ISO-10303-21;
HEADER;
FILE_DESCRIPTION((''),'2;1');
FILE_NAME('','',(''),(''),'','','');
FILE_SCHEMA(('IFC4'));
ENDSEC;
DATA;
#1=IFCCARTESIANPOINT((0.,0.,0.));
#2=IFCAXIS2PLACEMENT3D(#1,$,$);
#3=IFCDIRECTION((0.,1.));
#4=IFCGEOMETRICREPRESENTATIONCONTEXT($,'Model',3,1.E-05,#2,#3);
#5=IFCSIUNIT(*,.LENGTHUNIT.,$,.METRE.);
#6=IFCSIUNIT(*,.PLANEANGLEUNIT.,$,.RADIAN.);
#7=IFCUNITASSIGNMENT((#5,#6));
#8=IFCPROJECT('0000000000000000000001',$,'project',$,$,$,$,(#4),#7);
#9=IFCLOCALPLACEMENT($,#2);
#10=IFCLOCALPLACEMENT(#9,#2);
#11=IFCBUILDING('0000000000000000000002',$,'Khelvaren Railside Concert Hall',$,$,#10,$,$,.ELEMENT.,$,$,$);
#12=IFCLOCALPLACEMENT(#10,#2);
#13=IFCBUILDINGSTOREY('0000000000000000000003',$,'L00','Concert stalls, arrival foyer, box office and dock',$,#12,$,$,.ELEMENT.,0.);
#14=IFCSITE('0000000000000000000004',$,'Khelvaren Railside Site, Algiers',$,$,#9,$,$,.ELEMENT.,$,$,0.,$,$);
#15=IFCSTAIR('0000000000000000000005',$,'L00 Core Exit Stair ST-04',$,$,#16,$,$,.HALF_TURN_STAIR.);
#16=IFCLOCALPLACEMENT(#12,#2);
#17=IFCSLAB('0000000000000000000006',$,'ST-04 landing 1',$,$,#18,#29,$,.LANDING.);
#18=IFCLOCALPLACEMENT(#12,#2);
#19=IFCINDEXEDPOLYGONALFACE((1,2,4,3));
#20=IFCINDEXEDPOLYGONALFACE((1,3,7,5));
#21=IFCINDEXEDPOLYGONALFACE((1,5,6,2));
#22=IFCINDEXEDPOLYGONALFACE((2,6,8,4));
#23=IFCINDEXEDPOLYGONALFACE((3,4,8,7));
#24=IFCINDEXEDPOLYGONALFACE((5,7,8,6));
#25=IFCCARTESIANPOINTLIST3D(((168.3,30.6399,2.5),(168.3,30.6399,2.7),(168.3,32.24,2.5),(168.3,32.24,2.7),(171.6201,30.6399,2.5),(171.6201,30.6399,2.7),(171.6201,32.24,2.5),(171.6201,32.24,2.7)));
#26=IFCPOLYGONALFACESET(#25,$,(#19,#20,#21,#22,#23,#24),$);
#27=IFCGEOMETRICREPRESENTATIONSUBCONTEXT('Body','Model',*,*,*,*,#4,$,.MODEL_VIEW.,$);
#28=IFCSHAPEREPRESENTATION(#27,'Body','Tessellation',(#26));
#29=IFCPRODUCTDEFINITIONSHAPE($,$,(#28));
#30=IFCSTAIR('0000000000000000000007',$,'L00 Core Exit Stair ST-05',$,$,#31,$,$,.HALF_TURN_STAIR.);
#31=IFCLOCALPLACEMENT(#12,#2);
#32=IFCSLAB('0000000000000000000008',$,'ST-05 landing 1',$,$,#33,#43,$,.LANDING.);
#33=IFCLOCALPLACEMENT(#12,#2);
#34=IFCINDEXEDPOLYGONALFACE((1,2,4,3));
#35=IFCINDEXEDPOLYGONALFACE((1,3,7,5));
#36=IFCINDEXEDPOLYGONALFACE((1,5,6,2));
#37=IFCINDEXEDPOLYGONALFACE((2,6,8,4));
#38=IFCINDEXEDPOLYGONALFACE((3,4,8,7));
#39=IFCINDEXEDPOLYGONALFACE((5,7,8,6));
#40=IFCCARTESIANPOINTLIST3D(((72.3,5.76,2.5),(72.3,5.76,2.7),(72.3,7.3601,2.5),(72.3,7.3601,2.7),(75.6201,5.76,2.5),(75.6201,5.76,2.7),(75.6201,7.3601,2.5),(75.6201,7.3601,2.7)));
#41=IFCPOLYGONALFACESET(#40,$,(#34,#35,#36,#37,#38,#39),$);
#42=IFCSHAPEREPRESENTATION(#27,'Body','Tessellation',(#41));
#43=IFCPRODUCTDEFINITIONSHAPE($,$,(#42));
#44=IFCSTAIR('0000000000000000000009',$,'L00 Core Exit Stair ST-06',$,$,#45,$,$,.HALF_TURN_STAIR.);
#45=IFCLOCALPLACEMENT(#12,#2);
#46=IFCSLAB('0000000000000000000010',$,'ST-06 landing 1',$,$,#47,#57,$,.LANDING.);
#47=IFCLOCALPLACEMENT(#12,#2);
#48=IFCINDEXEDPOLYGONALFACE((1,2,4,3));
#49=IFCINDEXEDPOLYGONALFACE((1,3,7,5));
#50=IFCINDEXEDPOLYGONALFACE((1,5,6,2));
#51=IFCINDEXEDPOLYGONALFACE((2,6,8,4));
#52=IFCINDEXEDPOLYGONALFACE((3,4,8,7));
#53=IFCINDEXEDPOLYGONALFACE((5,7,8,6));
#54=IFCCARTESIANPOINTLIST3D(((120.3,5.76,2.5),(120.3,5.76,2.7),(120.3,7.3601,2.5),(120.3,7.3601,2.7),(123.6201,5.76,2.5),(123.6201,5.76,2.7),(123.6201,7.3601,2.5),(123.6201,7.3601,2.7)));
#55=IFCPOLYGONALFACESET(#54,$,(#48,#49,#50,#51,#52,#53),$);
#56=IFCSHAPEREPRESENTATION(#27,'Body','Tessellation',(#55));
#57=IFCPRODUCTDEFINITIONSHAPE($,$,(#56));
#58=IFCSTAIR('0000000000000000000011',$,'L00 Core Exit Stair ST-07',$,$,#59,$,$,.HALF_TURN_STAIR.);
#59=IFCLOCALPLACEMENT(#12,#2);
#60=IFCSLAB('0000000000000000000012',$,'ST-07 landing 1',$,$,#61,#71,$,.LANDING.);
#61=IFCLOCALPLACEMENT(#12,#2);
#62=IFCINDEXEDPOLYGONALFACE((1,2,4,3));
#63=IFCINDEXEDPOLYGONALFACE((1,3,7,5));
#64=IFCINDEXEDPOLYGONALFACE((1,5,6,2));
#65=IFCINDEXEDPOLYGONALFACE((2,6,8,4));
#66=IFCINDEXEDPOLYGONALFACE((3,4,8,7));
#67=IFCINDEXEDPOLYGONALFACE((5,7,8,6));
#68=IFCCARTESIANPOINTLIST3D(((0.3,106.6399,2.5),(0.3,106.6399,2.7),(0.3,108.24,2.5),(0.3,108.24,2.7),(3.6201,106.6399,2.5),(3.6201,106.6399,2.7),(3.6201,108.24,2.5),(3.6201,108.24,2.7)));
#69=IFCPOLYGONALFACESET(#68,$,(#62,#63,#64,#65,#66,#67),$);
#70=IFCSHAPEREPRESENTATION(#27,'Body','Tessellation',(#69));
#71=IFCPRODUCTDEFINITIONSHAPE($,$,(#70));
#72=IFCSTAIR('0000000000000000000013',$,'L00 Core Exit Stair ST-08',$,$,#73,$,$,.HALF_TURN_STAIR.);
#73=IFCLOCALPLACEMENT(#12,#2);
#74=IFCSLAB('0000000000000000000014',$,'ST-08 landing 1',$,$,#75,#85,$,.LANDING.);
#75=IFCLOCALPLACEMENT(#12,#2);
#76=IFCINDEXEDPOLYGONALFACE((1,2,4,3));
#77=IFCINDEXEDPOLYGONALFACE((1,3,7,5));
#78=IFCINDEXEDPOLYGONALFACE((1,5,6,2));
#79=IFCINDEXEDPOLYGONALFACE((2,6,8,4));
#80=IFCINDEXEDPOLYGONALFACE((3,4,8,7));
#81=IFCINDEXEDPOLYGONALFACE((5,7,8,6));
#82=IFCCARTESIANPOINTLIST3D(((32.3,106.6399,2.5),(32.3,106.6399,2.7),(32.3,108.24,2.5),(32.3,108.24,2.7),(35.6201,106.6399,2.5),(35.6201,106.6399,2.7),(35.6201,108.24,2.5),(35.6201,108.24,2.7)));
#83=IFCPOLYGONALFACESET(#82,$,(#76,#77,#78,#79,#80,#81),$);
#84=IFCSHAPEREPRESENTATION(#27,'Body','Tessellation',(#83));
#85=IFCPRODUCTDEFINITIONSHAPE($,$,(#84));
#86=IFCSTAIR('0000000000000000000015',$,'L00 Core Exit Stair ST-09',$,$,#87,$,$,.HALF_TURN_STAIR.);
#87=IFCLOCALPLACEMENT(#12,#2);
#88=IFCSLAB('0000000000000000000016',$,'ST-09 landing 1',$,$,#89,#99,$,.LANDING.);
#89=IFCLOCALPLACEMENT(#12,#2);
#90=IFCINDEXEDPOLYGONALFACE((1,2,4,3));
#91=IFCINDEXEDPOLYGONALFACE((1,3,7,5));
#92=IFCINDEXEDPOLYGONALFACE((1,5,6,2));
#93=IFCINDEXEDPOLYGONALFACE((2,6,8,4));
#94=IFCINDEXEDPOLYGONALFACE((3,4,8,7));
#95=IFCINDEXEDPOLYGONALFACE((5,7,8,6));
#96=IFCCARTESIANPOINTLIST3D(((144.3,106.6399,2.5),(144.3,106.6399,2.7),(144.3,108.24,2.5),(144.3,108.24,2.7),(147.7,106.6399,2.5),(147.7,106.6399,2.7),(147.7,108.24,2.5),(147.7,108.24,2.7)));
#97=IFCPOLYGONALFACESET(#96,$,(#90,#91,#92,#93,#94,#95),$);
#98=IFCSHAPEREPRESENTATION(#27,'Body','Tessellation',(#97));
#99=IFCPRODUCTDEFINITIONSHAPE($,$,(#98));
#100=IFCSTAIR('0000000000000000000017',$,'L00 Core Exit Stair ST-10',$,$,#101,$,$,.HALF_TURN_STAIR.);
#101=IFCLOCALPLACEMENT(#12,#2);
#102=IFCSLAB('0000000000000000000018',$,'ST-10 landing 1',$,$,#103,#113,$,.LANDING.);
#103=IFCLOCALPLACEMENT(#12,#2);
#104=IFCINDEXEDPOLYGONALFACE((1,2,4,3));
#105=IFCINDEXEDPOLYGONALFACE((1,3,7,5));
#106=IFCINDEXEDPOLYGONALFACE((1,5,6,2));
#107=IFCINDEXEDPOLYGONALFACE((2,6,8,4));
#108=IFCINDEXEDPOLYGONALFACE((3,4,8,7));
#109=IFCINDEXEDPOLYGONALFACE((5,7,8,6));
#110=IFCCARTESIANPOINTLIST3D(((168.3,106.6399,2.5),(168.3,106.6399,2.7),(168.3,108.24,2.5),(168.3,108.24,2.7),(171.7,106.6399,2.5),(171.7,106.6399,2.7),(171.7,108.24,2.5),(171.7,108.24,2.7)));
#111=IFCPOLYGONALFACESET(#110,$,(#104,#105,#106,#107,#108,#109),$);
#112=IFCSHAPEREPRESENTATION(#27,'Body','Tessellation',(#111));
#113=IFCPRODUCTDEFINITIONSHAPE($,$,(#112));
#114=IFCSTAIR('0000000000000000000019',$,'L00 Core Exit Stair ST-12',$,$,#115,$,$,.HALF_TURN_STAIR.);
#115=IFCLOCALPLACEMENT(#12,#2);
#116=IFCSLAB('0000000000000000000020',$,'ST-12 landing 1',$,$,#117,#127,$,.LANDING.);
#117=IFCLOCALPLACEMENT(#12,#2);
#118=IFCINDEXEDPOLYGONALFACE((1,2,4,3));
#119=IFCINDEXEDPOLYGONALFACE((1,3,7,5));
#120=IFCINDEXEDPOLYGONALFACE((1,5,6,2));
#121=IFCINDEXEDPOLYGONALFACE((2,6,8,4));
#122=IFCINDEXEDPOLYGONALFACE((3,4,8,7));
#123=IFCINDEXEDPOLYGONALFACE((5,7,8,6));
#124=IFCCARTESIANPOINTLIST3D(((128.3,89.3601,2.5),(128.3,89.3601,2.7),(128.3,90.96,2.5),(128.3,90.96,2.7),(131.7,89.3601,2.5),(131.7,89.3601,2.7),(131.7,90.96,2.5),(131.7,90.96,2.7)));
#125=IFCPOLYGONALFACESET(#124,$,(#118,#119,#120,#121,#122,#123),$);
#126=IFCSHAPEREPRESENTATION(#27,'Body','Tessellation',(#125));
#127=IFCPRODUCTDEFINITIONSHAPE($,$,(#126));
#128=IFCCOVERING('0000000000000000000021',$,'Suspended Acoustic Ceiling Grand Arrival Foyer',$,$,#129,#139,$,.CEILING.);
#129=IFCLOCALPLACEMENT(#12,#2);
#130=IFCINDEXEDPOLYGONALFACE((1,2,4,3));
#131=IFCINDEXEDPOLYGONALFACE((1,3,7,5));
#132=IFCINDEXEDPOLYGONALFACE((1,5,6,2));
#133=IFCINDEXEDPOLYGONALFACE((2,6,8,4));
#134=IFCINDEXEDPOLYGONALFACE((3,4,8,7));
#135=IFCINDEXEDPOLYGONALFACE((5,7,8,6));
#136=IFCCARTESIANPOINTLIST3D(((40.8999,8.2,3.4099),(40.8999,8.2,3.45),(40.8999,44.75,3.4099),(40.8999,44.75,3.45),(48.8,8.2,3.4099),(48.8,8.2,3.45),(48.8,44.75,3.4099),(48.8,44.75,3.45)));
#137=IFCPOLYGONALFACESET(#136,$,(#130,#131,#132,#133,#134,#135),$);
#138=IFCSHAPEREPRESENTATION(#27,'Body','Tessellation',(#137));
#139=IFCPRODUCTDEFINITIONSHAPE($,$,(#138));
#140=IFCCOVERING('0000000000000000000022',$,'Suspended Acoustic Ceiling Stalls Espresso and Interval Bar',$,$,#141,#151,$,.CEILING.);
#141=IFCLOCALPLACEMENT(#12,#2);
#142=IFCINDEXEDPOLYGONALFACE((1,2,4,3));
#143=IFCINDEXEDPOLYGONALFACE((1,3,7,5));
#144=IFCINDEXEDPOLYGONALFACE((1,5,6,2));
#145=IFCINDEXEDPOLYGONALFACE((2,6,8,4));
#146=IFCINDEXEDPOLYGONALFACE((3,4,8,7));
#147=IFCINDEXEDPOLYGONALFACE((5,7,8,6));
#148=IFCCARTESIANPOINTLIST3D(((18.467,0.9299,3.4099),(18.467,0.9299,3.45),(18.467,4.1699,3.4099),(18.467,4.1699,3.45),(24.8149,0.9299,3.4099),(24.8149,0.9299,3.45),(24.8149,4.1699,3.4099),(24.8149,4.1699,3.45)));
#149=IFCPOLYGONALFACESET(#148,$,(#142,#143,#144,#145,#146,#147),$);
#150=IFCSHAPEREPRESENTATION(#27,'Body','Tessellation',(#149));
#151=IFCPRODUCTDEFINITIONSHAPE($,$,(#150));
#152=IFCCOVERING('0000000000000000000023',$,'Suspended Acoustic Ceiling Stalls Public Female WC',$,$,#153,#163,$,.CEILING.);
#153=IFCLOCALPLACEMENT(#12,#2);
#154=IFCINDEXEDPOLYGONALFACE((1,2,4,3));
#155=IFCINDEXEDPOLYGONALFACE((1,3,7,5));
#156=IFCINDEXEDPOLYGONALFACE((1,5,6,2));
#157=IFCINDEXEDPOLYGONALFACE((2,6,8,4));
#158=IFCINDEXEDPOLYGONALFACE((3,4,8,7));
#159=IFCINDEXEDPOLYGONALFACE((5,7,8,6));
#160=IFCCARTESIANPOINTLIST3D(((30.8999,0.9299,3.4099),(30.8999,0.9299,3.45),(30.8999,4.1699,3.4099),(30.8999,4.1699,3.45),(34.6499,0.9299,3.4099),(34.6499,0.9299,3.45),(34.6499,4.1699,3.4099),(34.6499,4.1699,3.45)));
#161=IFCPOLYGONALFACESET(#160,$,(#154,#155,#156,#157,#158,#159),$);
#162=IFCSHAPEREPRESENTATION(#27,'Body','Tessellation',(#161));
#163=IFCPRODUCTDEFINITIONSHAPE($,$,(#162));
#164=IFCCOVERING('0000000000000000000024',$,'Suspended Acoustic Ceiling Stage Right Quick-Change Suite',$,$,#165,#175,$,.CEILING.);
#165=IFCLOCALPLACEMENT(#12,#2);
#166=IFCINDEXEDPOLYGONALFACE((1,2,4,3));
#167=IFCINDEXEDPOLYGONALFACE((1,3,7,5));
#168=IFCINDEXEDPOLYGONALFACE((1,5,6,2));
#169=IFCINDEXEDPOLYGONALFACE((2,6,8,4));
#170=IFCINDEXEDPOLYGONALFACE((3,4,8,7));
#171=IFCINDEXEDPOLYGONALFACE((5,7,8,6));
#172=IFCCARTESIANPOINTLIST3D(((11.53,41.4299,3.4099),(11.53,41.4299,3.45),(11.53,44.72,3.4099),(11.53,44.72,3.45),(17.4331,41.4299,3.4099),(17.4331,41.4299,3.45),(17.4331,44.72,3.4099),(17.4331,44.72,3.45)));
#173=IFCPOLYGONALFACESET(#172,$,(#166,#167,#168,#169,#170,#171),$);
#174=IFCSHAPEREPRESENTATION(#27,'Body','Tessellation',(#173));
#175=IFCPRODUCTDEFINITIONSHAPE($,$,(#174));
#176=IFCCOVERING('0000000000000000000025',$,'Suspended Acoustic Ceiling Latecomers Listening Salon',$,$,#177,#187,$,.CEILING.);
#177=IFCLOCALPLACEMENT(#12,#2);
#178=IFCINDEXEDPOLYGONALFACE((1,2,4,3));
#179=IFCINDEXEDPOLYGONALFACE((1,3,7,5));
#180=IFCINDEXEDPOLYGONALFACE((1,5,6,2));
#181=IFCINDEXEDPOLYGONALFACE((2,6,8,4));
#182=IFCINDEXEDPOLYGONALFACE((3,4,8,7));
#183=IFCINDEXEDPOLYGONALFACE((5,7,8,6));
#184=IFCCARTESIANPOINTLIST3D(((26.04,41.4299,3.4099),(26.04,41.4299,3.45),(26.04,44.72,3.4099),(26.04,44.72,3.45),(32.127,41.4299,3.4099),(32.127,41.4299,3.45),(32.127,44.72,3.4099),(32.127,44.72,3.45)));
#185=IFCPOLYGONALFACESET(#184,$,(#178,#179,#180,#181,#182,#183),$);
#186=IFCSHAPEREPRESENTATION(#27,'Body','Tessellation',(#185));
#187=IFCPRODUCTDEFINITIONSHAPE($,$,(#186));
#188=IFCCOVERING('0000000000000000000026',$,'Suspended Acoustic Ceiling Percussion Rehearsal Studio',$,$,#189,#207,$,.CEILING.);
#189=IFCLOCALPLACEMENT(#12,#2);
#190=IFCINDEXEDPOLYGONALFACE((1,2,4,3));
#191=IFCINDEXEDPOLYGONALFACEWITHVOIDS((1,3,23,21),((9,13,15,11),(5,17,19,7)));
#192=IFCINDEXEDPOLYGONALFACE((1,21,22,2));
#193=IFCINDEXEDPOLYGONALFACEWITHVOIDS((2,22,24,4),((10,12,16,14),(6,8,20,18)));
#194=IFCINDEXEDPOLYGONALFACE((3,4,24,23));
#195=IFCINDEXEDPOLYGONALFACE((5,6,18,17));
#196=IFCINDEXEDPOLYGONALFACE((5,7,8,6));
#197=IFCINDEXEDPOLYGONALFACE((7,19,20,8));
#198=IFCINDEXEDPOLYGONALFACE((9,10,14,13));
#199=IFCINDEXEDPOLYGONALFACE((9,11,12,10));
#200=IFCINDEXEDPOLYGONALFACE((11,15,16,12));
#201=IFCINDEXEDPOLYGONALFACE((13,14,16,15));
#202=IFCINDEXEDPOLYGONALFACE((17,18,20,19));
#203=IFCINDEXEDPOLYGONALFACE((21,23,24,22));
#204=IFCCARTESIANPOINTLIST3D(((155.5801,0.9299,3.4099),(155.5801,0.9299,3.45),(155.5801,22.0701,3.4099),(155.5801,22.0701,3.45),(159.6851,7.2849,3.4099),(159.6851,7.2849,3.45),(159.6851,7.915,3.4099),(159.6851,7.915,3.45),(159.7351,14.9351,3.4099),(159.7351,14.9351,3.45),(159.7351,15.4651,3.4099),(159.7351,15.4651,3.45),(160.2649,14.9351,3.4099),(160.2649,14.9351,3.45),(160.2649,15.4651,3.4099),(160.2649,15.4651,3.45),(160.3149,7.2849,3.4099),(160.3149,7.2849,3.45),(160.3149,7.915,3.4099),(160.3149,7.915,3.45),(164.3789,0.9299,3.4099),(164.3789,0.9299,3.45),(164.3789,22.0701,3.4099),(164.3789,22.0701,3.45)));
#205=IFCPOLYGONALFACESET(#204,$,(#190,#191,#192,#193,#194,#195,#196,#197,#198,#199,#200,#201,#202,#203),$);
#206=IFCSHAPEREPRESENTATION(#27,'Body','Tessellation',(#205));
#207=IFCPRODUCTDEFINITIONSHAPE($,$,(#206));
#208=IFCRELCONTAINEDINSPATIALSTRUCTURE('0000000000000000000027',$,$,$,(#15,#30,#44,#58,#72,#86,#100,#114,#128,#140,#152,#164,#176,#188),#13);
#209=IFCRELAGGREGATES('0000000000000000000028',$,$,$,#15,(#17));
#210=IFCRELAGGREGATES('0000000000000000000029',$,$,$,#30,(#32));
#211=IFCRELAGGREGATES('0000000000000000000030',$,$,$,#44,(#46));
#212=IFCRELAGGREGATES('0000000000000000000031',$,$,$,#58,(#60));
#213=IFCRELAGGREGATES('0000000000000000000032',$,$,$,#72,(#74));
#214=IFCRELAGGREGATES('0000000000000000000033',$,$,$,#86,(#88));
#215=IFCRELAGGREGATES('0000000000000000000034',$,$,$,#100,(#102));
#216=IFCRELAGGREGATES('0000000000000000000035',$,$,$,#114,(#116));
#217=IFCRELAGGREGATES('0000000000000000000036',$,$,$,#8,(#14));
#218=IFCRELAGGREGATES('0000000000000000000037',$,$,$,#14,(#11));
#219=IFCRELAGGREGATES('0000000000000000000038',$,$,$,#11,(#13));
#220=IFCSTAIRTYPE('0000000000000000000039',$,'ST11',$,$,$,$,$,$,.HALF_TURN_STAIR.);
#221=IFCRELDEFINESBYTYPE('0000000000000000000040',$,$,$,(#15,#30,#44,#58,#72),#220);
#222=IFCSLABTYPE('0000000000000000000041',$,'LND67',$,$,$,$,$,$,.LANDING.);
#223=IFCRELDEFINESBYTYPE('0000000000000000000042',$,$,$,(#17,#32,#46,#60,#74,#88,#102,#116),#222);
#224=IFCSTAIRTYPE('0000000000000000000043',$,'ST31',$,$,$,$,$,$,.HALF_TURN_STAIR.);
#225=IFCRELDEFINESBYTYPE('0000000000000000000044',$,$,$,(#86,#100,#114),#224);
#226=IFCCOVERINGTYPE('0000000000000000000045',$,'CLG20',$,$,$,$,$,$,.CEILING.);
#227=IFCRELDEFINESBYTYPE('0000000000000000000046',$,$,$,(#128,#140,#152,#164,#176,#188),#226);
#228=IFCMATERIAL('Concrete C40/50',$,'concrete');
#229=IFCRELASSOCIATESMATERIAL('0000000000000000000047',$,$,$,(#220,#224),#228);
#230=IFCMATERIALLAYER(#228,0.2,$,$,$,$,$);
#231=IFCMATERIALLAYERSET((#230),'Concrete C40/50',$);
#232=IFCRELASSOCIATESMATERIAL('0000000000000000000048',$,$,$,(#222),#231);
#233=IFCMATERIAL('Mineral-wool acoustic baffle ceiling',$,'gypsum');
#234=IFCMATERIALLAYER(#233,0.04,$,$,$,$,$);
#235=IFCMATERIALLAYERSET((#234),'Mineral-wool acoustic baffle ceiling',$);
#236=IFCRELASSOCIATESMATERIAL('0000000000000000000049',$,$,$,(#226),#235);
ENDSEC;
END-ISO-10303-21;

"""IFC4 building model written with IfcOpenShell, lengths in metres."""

from ifc_helpers import new_model, si_unit, direction, frame, origin, place, context, subcontext, project, spatial, polyline, outline, extrude, material, layer, layer_set, type_object, element, aggregate, save


model = new_model("IFC4")

# Units and contexts
model_context = context("Model", 3, precision=1e-05, world=origin(), true_north=direction((0.0, 1.0)))
body_context = subcontext(model_context, "Body", "Model", "MODEL_VIEW")
ifc_project = project(units=[si_unit("LENGTHUNIT", "METRE"), si_unit("PLANEANGLEUNIT", "RADIAN")], contexts=[model_context])

# Site, building, storey
site_placement = place(None, origin())
site = spatial("IfcSite", under=ifc_project, at=site_placement, Name="Khelvaren Railside Site, Algiers", CompositionType="ELEMENT", RefElevation=0.0)
building_placement = place(site_placement, origin())
building = spatial("IfcBuilding", under=site, at=building_placement, Name="Khelvaren Railside Concert Hall", CompositionType="ELEMENT")
storey_placement = place(building_placement, origin())
storey = spatial("IfcBuildingStorey", under=building, at=storey_placement, Name="L00", Description="Concert stalls, arrival foyer, box office and dock", CompositionType="ELEMENT", Elevation=0.0)

# Stairs, slabs
ifc_material_1 = material(Name="Concrete C40/50", Category="concrete")
stair_type_1 = type_object("IfcStairType", Name="ST11", PredefinedType="HALF_TURN_STAIR", material=ifc_material_1)
stair_1_placement = place(storey_placement, origin())
stair_1 = element("IfcStair", 1, at=stair_1_placement, inside=storey, type_object=stair_type_1, Name="L00 Core Exit Stair ST-04", PredefinedType="HALF_TURN_STAIR")
ifc_layer_1 = layer(ifc_material_1, 0.2)
ifc_layer_set_1 = layer_set([ifc_layer_1], Name="Concrete C40/50")
slab_type = type_object("IfcSlabType", Name="LND67", PredefinedType="LANDING", material=ifc_layer_set_1)
slab_1_placement = place(storey_placement, frame((0.0, 0.0, 2.5)))
slab_1 = element("IfcSlab", 2, at=slab_1_placement, type_object=slab_type, Name="ST-04 landing 1", PredefinedType="LANDING", context=body_context, shape_type="SweptSolid", body=[
    extrude(outline(polyline([(168.3, 32.24), (168.3, 30.6399), (171.6201, 30.6399), (171.6201, 32.24), (168.3, 32.24)])), origin(), (0.0, 0.0, 1.0), 0.2),
])
aggregate(stair_1, [slab_1])
stair_2_placement = place(storey_placement, origin())
stair_2 = element("IfcStair", 3, at=stair_2_placement, inside=storey, type_object=stair_type_1, Name="L00 Core Exit Stair ST-05", PredefinedType="HALF_TURN_STAIR")
slab_2_placement = place(storey_placement, frame((0.0, 0.0, 2.5)))
slab_2 = element("IfcSlab", 4, at=slab_2_placement, type_object=slab_type, Name="ST-05 landing 1", PredefinedType="LANDING", context=body_context, shape_type="SweptSolid", body=[
    extrude(outline(polyline([(75.6201, 5.76), (75.6201, 7.3601), (72.3, 7.3601), (72.3, 5.76), (75.6201, 5.76)])), origin(), (0.0, 0.0, 1.0), 0.2),
])
aggregate(stair_2, [slab_2])
stair_3_placement = place(storey_placement, origin())
stair_3 = element("IfcStair", 5, at=stair_3_placement, inside=storey, type_object=stair_type_1, Name="L00 Core Exit Stair ST-06", PredefinedType="HALF_TURN_STAIR")
slab_3_placement = place(storey_placement, frame((0.0, 0.0, 2.5)))
slab_3 = element("IfcSlab", 6, at=slab_3_placement, type_object=slab_type, Name="ST-06 landing 1", PredefinedType="LANDING", context=body_context, shape_type="SweptSolid", body=[
    extrude(outline(polyline([(123.6201, 5.76), (123.6201, 7.3601), (120.3, 7.3601), (120.3, 5.76), (123.6201, 5.76)])), origin(), (0.0, 0.0, 1.0), 0.2),
])
aggregate(stair_3, [slab_3])
stair_4_placement = place(storey_placement, origin())
stair_4 = element("IfcStair", 7, at=stair_4_placement, inside=storey, type_object=stair_type_1, Name="L00 Core Exit Stair ST-07", PredefinedType="HALF_TURN_STAIR")
slab_4_placement = place(storey_placement, frame((0.0, 0.0, 2.5)))
slab_4 = element("IfcSlab", 8, at=slab_4_placement, type_object=slab_type, Name="ST-07 landing 1", PredefinedType="LANDING", context=body_context, shape_type="SweptSolid", body=[
    extrude(outline(polyline([(0.3, 108.24), (0.3, 106.6399), (3.6201, 106.6399), (3.6201, 108.24), (0.3, 108.24)])), origin(), (0.0, 0.0, 1.0), 0.2),
])
aggregate(stair_4, [slab_4])
stair_5_placement = place(storey_placement, origin())
stair_5 = element("IfcStair", 9, at=stair_5_placement, inside=storey, type_object=stair_type_1, Name="L00 Core Exit Stair ST-08", PredefinedType="HALF_TURN_STAIR")
slab_5_placement = place(storey_placement, frame((0.0, 0.0, 2.5)))
slab_5 = element("IfcSlab", 10, at=slab_5_placement, type_object=slab_type, Name="ST-08 landing 1", PredefinedType="LANDING", context=body_context, shape_type="SweptSolid", body=[
    extrude(outline(polyline([(32.3, 108.24), (32.3, 106.6399), (35.6201, 106.6399), (35.6201, 108.24), (32.3, 108.24)])), origin(), (0.0, 0.0, 1.0), 0.2),
])
aggregate(stair_5, [slab_5])
stair_type_2 = type_object("IfcStairType", Name="ST31", PredefinedType="HALF_TURN_STAIR", material=ifc_material_1)
stair_6_placement = place(storey_placement, origin())
stair_6 = element("IfcStair", 11, at=stair_6_placement, inside=storey, type_object=stair_type_2, Name="L00 Core Exit Stair ST-09", PredefinedType="HALF_TURN_STAIR")
slab_6_placement = place(storey_placement, frame((0.0, 0.0, 2.5)))
slab_6 = element("IfcSlab", 12, at=slab_6_placement, type_object=slab_type, Name="ST-09 landing 1", PredefinedType="LANDING", context=body_context, shape_type="SweptSolid", body=[
    extrude(outline(polyline([(144.3, 108.24), (144.3, 106.6399), (147.7, 106.6399), (147.7, 108.24), (144.3, 108.24)])), origin(), (0.0, 0.0, 1.0), 0.2),
])
aggregate(stair_6, [slab_6])
stair_7_placement = place(storey_placement, origin())
stair_7 = element("IfcStair", 13, at=stair_7_placement, inside=storey, type_object=stair_type_2, Name="L00 Core Exit Stair ST-10", PredefinedType="HALF_TURN_STAIR")
slab_7_placement = place(storey_placement, frame((0.0, 0.0, 2.5)))
slab_7 = element("IfcSlab", 14, at=slab_7_placement, type_object=slab_type, Name="ST-10 landing 1", PredefinedType="LANDING", context=body_context, shape_type="SweptSolid", body=[
    extrude(outline(polyline([(168.3, 108.24), (168.3, 106.6399), (171.7, 106.6399), (171.7, 108.24), (168.3, 108.24)])), origin(), (0.0, 0.0, 1.0), 0.2),
])
aggregate(stair_7, [slab_7])
stair_8_placement = place(storey_placement, origin())
stair_8 = element("IfcStair", 15, at=stair_8_placement, inside=storey, type_object=stair_type_2, Name="L00 Core Exit Stair ST-12", PredefinedType="HALF_TURN_STAIR")
slab_8_placement = place(storey_placement, frame((0.0, 0.0, 2.5)))
slab_8 = element("IfcSlab", 16, at=slab_8_placement, type_object=slab_type, Name="ST-12 landing 1", PredefinedType="LANDING", context=body_context, shape_type="SweptSolid", body=[
    extrude(outline(polyline([(131.7, 89.3601), (131.7, 90.96), (128.3, 90.96), (128.3, 89.3601), (131.7, 89.3601)])), origin(), (0.0, 0.0, 1.0), 0.2),
])
aggregate(stair_8, [slab_8])

# Coverings
ifc_material_2 = material(Name="Mineral-wool acoustic baffle ceiling", Category="gypsum")
ifc_layer_2 = layer(ifc_material_2, 0.04)
ifc_layer_set_2 = layer_set([ifc_layer_2], Name="Mineral-wool acoustic baffle ceiling")
covering_type_1 = type_object("IfcCoveringType", Name="CLG20", PredefinedType="CEILING", material=ifc_layer_set_2)
covering_1_placement = place(storey_placement, frame((0.0, 0.0, 3.4099)))
element("IfcCovering", 17, at=covering_1_placement, inside=storey, type_object=covering_type_1, Name="Suspended Acoustic Ceiling Grand Arrival Foyer", PredefinedType="CEILING", context=body_context, shape_type="SweptSolid", body=[
    extrude(outline(polyline([(40.8999, 8.2), (48.8, 8.2), (48.8, 44.75), (40.8999, 44.75), (40.8999, 8.2)])), origin(), (0.0, 0.0, 1.0), 0.04),
])
covering_2_placement = place(storey_placement, frame((0.0, 0.0, 3.4099)))
element("IfcCovering", 18, at=covering_2_placement, inside=storey, type_object=covering_type_1, Name="Suspended Acoustic Ceiling Stalls Espresso and Interval Bar", PredefinedType="CEILING", context=body_context, shape_type="SweptSolid", body=[
    extrude(outline(polyline([(18.467, 0.9299), (24.8149, 0.9299), (24.8149, 4.1699), (18.467, 4.1699), (18.467, 0.9299)])), origin(), (0.0, 0.0, 1.0), 0.04),
])
covering_3_placement = place(storey_placement, frame((0.0, 0.0, 3.4099)))
element("IfcCovering", 19, at=covering_3_placement, inside=storey, type_object=covering_type_1, Name="Suspended Acoustic Ceiling Stalls Public Female WC", PredefinedType="CEILING", context=body_context, shape_type="SweptSolid", body=[
    extrude(outline(polyline([(30.8999, 0.9299), (34.6499, 0.9299), (34.6499, 4.1699), (30.8999, 4.1699), (30.8999, 0.9299)])), origin(), (0.0, 0.0, 1.0), 0.04),
])
covering_4_placement = place(storey_placement, frame((0.0, 0.0, 3.4099)))
element("IfcCovering", 20, at=covering_4_placement, inside=storey, type_object=covering_type_1, Name="Suspended Acoustic Ceiling Stage Right Quick-Change Suite", PredefinedType="CEILING", context=body_context, shape_type="SweptSolid", body=[
    extrude(outline(polyline([(11.53, 41.4299), (17.4331, 41.4299), (17.4331, 44.72), (11.53, 44.72), (11.53, 41.4299)])), origin(), (0.0, 0.0, 1.0), 0.04),
])
covering_5_placement = place(storey_placement, frame((0.0, 0.0, 3.4099)))
element("IfcCovering", 21, at=covering_5_placement, inside=storey, type_object=covering_type_1, Name="Suspended Acoustic Ceiling Latecomers Listening Salon", PredefinedType="CEILING", context=body_context, shape_type="SweptSolid", body=[
    extrude(outline(polyline([(26.04, 41.4299), (32.127, 41.4299), (32.127, 44.72), (26.04, 44.72), (26.04, 41.4299)])), origin(), (0.0, 0.0, 1.0), 0.04),
])
covering_6_placement = place(storey_placement, frame((0.0, 0.0, 3.4099)))
element("IfcCovering", 22, at=covering_6_placement, inside=storey, type_object=covering_type_1, Name="Suspended Acoustic Ceiling Percussion Rehearsal Studio", PredefinedType="CEILING", context=body_context, shape_type="SweptSolid", body=[
    extrude(outline(polyline([(155.5801, 0.9299), (164.3789, 0.9299), (164.3789, 22.0701), (155.5801, 22.0701), (155.5801, 0.9299)]), holes=[polyline([(159.6851, 7.2849), (160.3149, 7.2849), (160.3149, 7.915), (159.6851, 7.915), (159.6851, 7.2849)]), polyline([(159.7351, 14.9351), (160.2649, 14.9351), (160.2649, 15.4651), (159.7351, 15.4651), (159.7351, 14.9351)])]), origin(), (0.0, 0.0, 1.0), 0.04),
])

save(model, "model.ifc")
